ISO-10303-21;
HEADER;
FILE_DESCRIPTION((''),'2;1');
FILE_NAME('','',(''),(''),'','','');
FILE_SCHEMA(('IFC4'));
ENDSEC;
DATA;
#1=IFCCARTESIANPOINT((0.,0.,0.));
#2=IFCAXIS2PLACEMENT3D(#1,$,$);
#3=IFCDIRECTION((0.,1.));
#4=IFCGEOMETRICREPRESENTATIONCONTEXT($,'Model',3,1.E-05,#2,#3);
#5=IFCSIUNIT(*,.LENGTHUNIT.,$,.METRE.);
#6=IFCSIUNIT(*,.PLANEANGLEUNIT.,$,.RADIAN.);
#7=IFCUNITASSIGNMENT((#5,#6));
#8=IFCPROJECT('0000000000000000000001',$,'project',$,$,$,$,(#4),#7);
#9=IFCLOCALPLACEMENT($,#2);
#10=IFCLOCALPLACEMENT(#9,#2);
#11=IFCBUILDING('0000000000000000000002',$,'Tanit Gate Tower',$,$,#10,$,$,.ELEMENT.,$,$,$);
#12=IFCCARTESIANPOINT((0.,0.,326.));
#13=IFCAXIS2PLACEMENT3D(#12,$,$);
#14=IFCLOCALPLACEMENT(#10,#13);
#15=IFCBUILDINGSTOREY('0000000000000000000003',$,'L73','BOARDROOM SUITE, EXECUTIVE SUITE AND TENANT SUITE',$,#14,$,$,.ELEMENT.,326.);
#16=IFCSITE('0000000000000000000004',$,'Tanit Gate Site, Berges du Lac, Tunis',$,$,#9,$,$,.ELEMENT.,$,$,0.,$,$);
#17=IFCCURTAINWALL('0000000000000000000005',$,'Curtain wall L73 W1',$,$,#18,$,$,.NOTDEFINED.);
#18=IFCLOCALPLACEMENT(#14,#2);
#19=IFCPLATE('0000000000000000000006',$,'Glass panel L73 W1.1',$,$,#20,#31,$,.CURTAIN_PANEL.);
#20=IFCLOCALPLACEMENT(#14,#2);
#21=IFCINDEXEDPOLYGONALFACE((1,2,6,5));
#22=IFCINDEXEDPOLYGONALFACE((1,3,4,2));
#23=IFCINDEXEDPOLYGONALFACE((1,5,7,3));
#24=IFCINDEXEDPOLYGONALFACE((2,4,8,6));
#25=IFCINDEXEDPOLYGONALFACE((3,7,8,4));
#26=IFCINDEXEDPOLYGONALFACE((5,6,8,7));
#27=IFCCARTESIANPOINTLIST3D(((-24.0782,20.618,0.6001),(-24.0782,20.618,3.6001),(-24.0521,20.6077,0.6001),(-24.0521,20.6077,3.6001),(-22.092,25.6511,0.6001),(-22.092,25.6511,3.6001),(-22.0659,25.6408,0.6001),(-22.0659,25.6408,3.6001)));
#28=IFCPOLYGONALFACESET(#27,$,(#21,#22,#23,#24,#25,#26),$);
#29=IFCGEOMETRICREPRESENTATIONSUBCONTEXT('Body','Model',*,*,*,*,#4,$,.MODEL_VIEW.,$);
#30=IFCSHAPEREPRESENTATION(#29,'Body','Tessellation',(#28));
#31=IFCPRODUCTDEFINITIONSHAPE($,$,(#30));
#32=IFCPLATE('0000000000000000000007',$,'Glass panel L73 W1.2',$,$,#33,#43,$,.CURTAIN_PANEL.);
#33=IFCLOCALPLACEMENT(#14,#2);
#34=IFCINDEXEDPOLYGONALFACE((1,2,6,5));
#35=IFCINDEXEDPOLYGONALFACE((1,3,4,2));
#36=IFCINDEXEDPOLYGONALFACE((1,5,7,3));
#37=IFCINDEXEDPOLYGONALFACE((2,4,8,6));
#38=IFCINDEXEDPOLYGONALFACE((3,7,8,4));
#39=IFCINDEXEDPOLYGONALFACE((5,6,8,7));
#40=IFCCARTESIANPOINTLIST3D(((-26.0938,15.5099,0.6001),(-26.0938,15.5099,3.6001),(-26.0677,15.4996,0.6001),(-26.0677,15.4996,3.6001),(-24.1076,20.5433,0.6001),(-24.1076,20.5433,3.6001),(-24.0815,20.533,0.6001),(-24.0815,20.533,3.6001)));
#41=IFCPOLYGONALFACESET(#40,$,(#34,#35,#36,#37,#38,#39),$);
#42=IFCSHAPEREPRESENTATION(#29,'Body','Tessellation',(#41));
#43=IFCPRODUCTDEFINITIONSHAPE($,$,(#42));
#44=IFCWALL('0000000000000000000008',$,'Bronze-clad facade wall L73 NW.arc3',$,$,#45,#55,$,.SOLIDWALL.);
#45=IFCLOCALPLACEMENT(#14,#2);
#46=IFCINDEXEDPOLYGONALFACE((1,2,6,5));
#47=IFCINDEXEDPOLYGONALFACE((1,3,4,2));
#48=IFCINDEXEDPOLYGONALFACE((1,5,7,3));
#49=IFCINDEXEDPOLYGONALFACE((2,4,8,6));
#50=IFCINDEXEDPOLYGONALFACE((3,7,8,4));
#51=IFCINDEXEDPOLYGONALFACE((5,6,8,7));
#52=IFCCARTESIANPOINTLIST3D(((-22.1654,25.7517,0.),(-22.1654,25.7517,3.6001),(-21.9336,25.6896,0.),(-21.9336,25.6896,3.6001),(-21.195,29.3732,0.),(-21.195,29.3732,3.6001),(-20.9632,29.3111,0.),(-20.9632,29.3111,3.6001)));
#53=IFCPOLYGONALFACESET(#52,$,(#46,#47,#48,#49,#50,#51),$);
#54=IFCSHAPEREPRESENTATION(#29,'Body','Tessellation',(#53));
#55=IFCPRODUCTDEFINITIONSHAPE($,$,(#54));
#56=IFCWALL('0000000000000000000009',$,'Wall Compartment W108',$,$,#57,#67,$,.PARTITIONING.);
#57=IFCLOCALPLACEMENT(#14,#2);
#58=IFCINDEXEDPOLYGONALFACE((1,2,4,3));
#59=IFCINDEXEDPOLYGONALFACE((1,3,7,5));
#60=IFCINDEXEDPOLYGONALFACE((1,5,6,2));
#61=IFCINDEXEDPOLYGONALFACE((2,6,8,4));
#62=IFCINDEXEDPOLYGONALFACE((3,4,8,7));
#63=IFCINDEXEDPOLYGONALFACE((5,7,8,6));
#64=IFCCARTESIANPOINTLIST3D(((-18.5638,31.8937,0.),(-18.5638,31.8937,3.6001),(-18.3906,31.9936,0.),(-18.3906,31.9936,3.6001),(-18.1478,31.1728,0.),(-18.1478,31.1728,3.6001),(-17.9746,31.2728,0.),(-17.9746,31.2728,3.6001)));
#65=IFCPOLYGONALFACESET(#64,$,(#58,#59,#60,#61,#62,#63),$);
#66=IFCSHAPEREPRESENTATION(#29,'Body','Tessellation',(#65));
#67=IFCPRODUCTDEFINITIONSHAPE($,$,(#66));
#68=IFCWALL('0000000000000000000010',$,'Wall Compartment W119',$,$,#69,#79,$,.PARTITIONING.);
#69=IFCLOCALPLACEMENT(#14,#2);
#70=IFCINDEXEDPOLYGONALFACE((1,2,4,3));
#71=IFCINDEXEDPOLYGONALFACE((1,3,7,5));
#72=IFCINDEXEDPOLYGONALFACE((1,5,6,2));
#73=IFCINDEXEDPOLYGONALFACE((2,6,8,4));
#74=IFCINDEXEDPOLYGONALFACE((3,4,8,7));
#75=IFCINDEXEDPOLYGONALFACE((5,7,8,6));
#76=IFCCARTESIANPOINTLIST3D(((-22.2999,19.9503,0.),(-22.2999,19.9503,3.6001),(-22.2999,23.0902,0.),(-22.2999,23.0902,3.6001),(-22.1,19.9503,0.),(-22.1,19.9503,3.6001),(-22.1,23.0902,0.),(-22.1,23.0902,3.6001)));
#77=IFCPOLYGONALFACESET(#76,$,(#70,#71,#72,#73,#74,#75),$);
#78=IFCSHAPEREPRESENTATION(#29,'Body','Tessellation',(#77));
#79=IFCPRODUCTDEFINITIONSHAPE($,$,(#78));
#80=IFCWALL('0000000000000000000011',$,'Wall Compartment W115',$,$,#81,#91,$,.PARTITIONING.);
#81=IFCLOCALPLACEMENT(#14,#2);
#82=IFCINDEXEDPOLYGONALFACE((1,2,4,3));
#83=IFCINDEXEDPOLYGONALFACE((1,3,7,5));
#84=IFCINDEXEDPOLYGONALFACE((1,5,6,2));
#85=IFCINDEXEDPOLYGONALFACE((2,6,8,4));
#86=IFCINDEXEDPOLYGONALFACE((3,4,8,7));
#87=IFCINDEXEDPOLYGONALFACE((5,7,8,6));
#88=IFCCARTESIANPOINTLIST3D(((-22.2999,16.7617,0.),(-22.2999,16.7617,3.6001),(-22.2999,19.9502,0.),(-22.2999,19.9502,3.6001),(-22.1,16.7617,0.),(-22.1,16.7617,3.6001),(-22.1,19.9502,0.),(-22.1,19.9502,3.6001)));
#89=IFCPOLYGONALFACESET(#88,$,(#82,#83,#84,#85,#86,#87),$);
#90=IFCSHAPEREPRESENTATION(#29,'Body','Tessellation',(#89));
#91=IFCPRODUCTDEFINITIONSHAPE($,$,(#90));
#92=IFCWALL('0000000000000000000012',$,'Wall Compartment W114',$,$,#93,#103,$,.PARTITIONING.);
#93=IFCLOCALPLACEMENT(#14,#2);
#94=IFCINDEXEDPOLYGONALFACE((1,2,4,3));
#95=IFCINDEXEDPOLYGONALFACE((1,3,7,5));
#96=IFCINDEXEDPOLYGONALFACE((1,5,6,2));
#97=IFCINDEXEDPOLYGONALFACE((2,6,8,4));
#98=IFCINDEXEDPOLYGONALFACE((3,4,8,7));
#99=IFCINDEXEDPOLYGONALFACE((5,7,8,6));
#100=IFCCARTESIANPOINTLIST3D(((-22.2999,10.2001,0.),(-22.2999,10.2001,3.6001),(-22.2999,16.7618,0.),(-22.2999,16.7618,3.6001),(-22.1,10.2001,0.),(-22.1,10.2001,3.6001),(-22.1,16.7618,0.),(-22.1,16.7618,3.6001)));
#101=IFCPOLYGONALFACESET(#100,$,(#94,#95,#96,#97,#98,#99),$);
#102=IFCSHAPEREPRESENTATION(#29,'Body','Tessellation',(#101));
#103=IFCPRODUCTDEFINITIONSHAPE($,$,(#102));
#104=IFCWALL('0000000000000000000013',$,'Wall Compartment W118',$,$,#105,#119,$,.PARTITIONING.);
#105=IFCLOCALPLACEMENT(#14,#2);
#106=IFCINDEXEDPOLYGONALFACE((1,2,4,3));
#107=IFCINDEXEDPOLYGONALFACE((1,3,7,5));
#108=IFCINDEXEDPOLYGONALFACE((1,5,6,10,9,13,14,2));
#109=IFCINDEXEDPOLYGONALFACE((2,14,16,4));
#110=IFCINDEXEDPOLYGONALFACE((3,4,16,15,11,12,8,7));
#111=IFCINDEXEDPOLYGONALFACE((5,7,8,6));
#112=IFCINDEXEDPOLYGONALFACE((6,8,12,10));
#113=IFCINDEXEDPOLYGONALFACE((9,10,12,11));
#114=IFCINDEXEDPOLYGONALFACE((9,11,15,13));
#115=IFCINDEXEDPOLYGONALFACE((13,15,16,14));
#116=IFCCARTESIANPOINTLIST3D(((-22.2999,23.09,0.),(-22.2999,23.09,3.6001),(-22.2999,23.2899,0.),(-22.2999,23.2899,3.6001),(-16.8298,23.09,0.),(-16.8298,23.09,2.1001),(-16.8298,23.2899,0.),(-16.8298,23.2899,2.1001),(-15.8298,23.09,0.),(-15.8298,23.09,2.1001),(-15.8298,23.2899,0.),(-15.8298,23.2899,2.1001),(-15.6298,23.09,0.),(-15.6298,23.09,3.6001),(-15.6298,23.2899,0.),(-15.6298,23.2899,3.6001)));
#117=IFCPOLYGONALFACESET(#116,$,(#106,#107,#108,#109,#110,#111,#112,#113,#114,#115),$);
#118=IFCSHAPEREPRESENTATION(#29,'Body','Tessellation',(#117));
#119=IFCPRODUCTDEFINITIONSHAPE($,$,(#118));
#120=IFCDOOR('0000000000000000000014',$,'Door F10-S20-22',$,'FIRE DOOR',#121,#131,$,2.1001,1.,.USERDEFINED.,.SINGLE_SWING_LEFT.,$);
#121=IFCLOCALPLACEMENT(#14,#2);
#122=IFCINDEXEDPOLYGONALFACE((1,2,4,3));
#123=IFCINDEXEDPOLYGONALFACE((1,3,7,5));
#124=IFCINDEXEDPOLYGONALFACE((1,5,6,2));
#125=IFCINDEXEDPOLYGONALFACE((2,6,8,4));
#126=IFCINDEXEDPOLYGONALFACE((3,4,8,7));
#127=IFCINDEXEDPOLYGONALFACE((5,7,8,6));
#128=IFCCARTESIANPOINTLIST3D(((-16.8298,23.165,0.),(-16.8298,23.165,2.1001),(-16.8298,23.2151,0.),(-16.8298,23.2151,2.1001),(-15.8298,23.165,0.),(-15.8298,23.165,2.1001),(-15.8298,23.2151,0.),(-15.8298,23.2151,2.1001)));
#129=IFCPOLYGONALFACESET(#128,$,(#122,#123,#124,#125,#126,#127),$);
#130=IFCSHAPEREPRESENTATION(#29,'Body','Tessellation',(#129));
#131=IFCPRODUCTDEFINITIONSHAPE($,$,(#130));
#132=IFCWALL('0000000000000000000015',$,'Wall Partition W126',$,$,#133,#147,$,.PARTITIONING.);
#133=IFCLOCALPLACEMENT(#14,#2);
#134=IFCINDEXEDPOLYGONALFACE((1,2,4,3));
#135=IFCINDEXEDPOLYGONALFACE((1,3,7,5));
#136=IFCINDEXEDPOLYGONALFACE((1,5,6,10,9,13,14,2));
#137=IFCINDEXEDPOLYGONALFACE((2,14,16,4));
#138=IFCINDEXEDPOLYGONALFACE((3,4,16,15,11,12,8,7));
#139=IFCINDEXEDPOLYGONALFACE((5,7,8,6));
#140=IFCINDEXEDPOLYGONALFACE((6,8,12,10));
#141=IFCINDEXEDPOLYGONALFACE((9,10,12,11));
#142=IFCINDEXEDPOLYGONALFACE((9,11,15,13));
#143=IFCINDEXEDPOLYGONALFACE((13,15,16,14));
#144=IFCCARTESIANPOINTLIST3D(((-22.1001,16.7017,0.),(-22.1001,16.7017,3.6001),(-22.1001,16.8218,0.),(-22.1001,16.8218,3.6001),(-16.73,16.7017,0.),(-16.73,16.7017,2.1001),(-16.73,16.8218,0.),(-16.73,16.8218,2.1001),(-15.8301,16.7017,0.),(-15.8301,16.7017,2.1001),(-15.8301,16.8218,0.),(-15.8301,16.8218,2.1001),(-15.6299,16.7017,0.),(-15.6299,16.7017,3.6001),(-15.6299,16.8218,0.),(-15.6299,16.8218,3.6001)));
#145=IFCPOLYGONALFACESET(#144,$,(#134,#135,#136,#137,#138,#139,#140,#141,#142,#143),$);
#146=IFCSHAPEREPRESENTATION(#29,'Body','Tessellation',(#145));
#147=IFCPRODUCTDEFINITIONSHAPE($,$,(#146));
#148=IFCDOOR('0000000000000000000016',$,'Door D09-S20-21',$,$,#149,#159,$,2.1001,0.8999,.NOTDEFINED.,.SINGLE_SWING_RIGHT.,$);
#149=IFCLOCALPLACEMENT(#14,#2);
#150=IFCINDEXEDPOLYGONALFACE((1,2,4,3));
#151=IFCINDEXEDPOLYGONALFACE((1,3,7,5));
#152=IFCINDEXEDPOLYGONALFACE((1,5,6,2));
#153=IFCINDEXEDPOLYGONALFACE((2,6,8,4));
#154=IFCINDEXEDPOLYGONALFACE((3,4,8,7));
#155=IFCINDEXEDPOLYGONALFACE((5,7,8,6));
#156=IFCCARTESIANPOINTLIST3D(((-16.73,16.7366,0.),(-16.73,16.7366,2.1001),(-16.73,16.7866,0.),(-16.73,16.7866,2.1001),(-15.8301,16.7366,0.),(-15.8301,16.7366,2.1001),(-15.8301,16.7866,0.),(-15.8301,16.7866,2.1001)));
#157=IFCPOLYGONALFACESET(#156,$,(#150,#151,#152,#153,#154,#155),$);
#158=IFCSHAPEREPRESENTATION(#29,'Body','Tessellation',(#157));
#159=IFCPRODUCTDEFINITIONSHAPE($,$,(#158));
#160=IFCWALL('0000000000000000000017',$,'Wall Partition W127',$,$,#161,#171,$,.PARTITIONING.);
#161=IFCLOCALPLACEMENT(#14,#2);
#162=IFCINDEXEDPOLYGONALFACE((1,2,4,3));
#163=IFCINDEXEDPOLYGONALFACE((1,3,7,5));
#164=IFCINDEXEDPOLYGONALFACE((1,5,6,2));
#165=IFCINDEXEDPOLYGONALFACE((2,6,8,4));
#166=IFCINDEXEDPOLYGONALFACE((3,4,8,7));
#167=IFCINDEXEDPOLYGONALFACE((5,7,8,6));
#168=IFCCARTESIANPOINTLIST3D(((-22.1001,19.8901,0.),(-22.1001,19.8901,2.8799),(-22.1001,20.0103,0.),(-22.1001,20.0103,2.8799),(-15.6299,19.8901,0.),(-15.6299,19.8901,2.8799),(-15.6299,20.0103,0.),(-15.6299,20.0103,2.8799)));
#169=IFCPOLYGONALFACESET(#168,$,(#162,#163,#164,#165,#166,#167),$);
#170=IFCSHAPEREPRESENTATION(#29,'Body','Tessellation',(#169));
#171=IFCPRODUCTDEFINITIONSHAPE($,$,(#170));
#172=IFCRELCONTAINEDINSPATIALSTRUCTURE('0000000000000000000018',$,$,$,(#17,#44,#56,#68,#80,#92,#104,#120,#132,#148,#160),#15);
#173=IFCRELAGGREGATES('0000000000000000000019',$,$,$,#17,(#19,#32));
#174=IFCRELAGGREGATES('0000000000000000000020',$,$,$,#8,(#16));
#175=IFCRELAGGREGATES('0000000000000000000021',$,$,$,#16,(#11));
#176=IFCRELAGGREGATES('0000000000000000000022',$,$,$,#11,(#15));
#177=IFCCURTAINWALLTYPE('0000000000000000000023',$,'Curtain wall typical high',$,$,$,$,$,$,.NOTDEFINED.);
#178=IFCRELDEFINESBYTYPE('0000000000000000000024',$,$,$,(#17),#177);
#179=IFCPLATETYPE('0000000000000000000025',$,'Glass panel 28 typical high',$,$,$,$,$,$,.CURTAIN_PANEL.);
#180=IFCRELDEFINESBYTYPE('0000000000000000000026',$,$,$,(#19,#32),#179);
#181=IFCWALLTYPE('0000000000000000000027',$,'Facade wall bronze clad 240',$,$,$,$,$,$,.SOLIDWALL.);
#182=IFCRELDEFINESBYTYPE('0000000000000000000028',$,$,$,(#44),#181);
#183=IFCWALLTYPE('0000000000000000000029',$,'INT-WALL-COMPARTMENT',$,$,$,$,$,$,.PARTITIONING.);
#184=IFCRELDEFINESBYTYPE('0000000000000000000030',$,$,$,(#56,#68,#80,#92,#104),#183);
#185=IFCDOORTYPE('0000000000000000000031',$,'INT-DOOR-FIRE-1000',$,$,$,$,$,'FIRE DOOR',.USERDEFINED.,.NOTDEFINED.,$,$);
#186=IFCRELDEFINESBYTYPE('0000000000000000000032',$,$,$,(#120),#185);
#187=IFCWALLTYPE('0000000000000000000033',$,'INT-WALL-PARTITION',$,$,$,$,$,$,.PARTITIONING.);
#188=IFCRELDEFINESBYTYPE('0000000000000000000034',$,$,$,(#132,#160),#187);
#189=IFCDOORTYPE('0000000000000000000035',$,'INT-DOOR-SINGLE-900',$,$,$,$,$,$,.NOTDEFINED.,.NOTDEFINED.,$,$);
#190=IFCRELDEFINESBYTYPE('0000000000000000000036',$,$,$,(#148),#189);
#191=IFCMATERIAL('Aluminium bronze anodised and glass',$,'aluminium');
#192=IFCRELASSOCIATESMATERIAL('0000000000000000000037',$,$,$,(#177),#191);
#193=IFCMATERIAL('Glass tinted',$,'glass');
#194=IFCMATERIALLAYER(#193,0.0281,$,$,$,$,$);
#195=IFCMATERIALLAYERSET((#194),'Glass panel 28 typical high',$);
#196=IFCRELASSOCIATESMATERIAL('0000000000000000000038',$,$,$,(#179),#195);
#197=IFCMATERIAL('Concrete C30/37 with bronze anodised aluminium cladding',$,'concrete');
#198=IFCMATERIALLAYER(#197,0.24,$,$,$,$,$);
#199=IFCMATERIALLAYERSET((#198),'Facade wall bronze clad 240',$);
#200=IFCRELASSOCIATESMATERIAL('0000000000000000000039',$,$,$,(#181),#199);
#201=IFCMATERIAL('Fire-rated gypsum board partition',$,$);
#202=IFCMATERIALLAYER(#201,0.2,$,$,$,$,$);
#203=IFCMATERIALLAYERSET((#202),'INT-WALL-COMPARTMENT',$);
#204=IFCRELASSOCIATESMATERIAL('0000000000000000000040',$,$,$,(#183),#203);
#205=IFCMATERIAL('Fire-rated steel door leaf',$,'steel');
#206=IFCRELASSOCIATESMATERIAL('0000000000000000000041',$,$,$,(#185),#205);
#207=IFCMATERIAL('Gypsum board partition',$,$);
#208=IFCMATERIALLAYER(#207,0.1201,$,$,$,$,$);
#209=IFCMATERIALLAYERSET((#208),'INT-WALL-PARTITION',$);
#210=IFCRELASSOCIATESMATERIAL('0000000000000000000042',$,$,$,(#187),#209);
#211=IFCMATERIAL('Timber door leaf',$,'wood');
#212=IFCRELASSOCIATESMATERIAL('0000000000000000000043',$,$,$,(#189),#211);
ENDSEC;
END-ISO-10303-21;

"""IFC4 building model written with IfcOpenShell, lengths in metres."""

from ifc_helpers import new_model, si_unit, direction, frame, frame_2d, origin, origin_2d, place, context, subcontext, project, spatial, rectangle, extrude, material, layer, layer_set, type_object, element, fill, aggregate, save


model = new_model("IFC4")

# Units and contexts
model_context = context("Model", 3, precision=1e-05, world=origin(), true_north=direction((0.0, 1.0)))
body_context = subcontext(model_context, "Body", "Model", "MODEL_VIEW")
ifc_project = project(units=[si_unit("LENGTHUNIT", "METRE"), si_unit("PLANEANGLEUNIT", "RADIAN")], contexts=[model_context])

# Site, building, storey
site_placement = place(None, origin())
site = spatial("IfcSite", under=ifc_project, at=site_placement, Name="Tanit Gate Site, Berges du Lac, Tunis", CompositionType="ELEMENT", RefElevation=0.0)
building_placement = place(site_placement, origin())
building = spatial("IfcBuilding", under=site, at=building_placement, Name="Tanit Gate Tower", CompositionType="ELEMENT")
storey_placement = place(building_placement, frame((0.0, 0.0, 326.0)))
storey = spatial("IfcBuildingStorey", under=building, at=storey_placement, Name="L73", Description="BOARDROOM SUITE, EXECUTIVE SUITE AND TENANT SUITE", CompositionType="ELEMENT", Elevation=326.0)

# Curtain wall
ifc_material_1 = material(Name="Aluminium bronze anodised and glass", Category="aluminium")
curtain_wall_type = type_object("IfcCurtainWallType", Name="Curtain wall typical high", PredefinedType="NOTDEFINED", material=ifc_material_1)
curtain_wall_placement = place(storey_placement, origin())
curtain_wall = element("IfcCurtainWall", 1, at=curtain_wall_placement, inside=storey, type_object=curtain_wall_type, Name="Curtain wall L73 W1", PredefinedType="NOTDEFINED")

# Plates
ifc_material_2 = material(Name="Glass tinted", Category="glass")
ifc_layer_1 = layer(ifc_material_2, 0.0281)
ifc_layer_set_1 = layer_set([ifc_layer_1], Name="Glass panel 28 typical high")
plate_type = type_object("IfcPlateType", Name="Glass panel 28 typical high", PredefinedType="CURTAIN_PANEL", material=ifc_layer_set_1)
plate_1_placement = place(storey_placement, frame((-23.072, 23.1294, 0.6001), z_axis=(0.0, 0.0, 1.0), x_axis=(-0.36707, -0.930193, 0.0)))
plate_1 = element("IfcPlate", 2, at=plate_1_placement, type_object=plate_type, Name="Glass panel L73 W1.1", PredefinedType="CURTAIN_PANEL", context=body_context, shape_type="SweptSolid", body=[
    extrude(rectangle(XDim=5.4109, YDim=0.0281, at=origin_2d()), origin(), (0.0, 0.0, 1.0), 3.0),
])
plate_2_placement = place(storey_placement, frame((-25.0876, 18.0215, 0.6001), z_axis=(0.0, 0.0, 1.0), x_axis=(-0.36707, -0.930193, 0.0)))
plate_2 = element("IfcPlate", 3, at=plate_2_placement, type_object=plate_type, Name="Glass panel L73 W1.2", PredefinedType="CURTAIN_PANEL", context=body_context, shape_type="SweptSolid", body=[
    extrude(rectangle(XDim=5.4111, YDim=0.0281, at=origin_2d()), origin(), (0.0, 0.0, 1.0), 3.0),
])
aggregate(curtain_wall, [plate_1, plate_2])

# Walls
ifc_material_3 = material(Name="Concrete C30/37 with bronze anodised aluminium cladding", Category="concrete")
ifc_layer_2 = layer(ifc_material_3, 0.24)
ifc_layer_set_2 = layer_set([ifc_layer_2], Name="Facade wall bronze clad 240")
wall_type_1 = type_object("IfcWallType", Name="Facade wall bronze clad 240", PredefinedType="SOLIDWALL", material=ifc_layer_set_2)
wall_1_placement = place(storey_placement, frame((-21.0791, 29.342, 0.0), z_axis=(0.0, 0.0, 1.0), x_axis=(-0.258834, -0.965922, 0.0)))
element("IfcWall", 4, at=wall_1_placement, inside=storey, type_object=wall_type_1, Name="Bronze-clad facade wall L73 NW.arc3", PredefinedType="SOLIDWALL", context=body_context, shape_type="SweptSolid", body=[
    extrude(rectangle(XDim=3.7493, YDim=0.24, at=frame_2d((1.8745, 0.0))), origin(), (0.0, 0.0, 1.0), 3.6001),
])
ifc_material_4 = material(Name="Fire-rated gypsum board partition")
ifc_layer_3 = layer(ifc_material_4, 0.2)
ifc_layer_set_3 = layer_set([ifc_layer_3], Name="INT-WALL-COMPARTMENT")
wall_type_2 = type_object("IfcWallType", Name="INT-WALL-COMPARTMENT", PredefinedType="PARTITIONING", material=ifc_layer_set_3)
wall_2_placement = place(storey_placement, frame((-18.0613, 31.2229, 0.0), z_axis=(0.0, 0.0, 1.0), x_axis=(-0.499799, 0.866142, 0.0)))
element("IfcWall", 5, at=wall_2_placement, inside=storey, type_object=wall_type_2, Name="Wall Compartment W108", PredefinedType="PARTITIONING", context=body_context, shape_type="SweptSolid", body=[
    extrude(rectangle(XDim=0.8323, YDim=0.2, at=frame_2d((0.416, 0.0))), origin(), (0.0, 0.0, 1.0), 3.6001),
])
wall_3_placement = place(storey_placement, frame((-22.2, 23.0901, 0.0), z_axis=(0.0, 0.0, 1.0), x_axis=(0.0, -1.0, 0.0)))
element("IfcWall", 6, at=wall_3_placement, inside=storey, type_object=wall_type_2, Name="Wall Compartment W119", PredefinedType="PARTITIONING", context=body_context, shape_type="SweptSolid", body=[
    extrude(rectangle(XDim=3.1399, YDim=0.2, at=frame_2d((1.5698, 0.0))), origin(), (0.0, 0.0, 1.0), 3.6001),
])
wall_4_placement = place(storey_placement, frame((-22.2, 19.9502, 0.0), z_axis=(0.0, 0.0, 1.0), x_axis=(0.0, -1.0, 0.0)))
element("IfcWall", 7, at=wall_4_placement, inside=storey, type_object=wall_type_2, Name="Wall Compartment W115", PredefinedType="PARTITIONING", context=body_context, shape_type="SweptSolid", body=[
    extrude(rectangle(XDim=3.1885, YDim=0.2, at=frame_2d((1.5942, 0.0))), origin(), (0.0, 0.0, 1.0), 3.6001),
])
wall_5_placement = place(storey_placement, frame((-22.2, 16.7617, 0.0), z_axis=(0.0, 0.0, 1.0), x_axis=(0.0, -1.0, 0.0)))
element("IfcWall", 8, at=wall_5_placement, inside=storey, type_object=wall_type_2, Name="Wall Compartment W114", PredefinedType="PARTITIONING", context=body_context, shape_type="SweptSolid", body=[
    extrude(rectangle(XDim=6.5618, YDim=0.2, at=frame_2d((3.2808, 0.0))), origin(), (0.0, 0.0, 1.0), 3.6001),
])

# Walls, openings, doors
wall_6_placement = place(storey_placement, frame((-15.6299, 23.1899, 0.0), z_axis=(0.0, 0.0, 1.0), x_axis=(-1.0, 0.0, 0.0)))
wall_6 = element("IfcWall", 9, at=wall_6_placement, inside=storey, type_object=wall_type_2, Name="Wall Compartment W118", PredefinedType="PARTITIONING", context=body_context, shape_type="SweptSolid", body=[
    extrude(rectangle(XDim=6.6702, YDim=0.2, at=frame_2d((3.335, 0.0))), origin(), (0.0, 0.0, 1.0), 3.6001),
])
opening_1_placement = place(wall_6_placement, frame((0.2, 0.0, 0.0)))
opening_1 = element("IfcOpeningElement", 10, at=opening_1_placement, cuts=wall_6, PredefinedType="OPENING", context=body_context, shape_type="SweptSolid", body=[
    extrude(rectangle(XDim=1.0, YDim=2.1001, at=frame_2d((0.5, 1.05))), frame((0.0, 0.1099, 0.0), z_axis=(0.0, -1.0, 0.0), x_axis=(1.0, 0.0, 0.0)), (0.0, 0.0, 1.0), 0.22),
])
ifc_material_5 = material(Name="Fire-rated steel door leaf", Category="steel")
door_type_1 = type_object("IfcDoorType", Name="INT-DOOR-FIRE-1000", ElementType="FIRE DOOR", OperationType="NOTDEFINED", PredefinedType="USERDEFINED", material=ifc_material_5)
door_1_placement = place(opening_1_placement, origin())
door_1 = element("IfcDoor", 11, at=door_1_placement, inside=storey, type_object=door_type_1, Name="Door F10-S20-22", ObjectType="FIRE DOOR", OperationType="SINGLE_SWING_LEFT", OverallHeight=2.1001, OverallWidth=1.0, PredefinedType="USERDEFINED", context=body_context, shape_type="SweptSolid", body=[
    extrude(rectangle(XDim=1.0, YDim=2.1001, at=frame_2d((0.5, 1.05))), frame((0.0, 0.0249, 0.0), z_axis=(0.0, -1.0, 0.0), x_axis=(1.0, 0.0, 0.0)), (0.0, 0.0, 1.0), 0.05),
])
fill(opening_1, door_1)
ifc_material_6 = material(Name="Gypsum board partition")
ifc_layer_4 = layer(ifc_material_6, 0.1201)
ifc_layer_set_4 = layer_set([ifc_layer_4], Name="INT-WALL-PARTITION")
wall_type_3 = type_object("IfcWallType", Name="INT-WALL-PARTITION", PredefinedType="PARTITIONING", material=ifc_layer_set_4)
wall_7_placement = place(storey_placement, frame((-22.1001, 16.7617, 0.0), z_axis=(0.0, 0.0, 1.0), x_axis=(1.0, 0.0, 0.0)))
wall_7 = element("IfcWall", 12, at=wall_7_placement, inside=storey, type_object=wall_type_3, Name="Wall Partition W126", PredefinedType="PARTITIONING", context=body_context, shape_type="SweptSolid", body=[
    extrude(rectangle(XDim=6.4702, YDim=0.1201, at=frame_2d((3.2351, 0.0))), origin(), (0.0, 0.0, 1.0), 3.6001),
])
opening_2_placement = place(wall_7_placement, frame((5.3701, 0.0, 0.0)))
opening_2 = element("IfcOpeningElement", 13, at=opening_2_placement, cuts=wall_7, PredefinedType="OPENING", context=body_context, shape_type="SweptSolid", body=[
    extrude(rectangle(XDim=0.8999, YDim=2.1001, at=frame_2d((0.45, 1.05))), frame((0.0, 0.0701, 0.0), z_axis=(0.0, -1.0, 0.0), x_axis=(1.0, 0.0, 0.0)), (0.0, 0.0, 1.0), 0.1401),
])
ifc_material_7 = material(Name="Timber door leaf", Category="wood")
door_type_2 = type_object("IfcDoorType", Name="INT-DOOR-SINGLE-900", OperationType="NOTDEFINED", PredefinedType="NOTDEFINED", material=ifc_material_7)
door_2_placement = place(opening_2_placement, origin())
door_2 = element("IfcDoor", 14, at=door_2_placement, inside=storey, type_object=door_type_2, Name="Door D09-S20-21", OperationType="SINGLE_SWING_RIGHT", OverallHeight=2.1001, OverallWidth=0.8999, PredefinedType="NOTDEFINED", context=body_context, shape_type="SweptSolid", body=[
    extrude(rectangle(XDim=0.8999, YDim=2.1001, at=frame_2d((0.45, 1.05))), frame((0.0, 0.0249, 0.0), z_axis=(0.0, -1.0, 0.0), x_axis=(1.0, 0.0, 0.0)), (0.0, 0.0, 1.0), 0.05),
])
fill(opening_2, door_2)

# Wall
wall_8_placement = place(storey_placement, frame((-22.1001, 19.9502, 0.0), z_axis=(0.0, 0.0, 1.0), x_axis=(1.0, 0.0, 0.0)))
element("IfcWall", 15, at=wall_8_placement, inside=storey, type_object=wall_type_3, Name="Wall Partition W127", PredefinedType="PARTITIONING", context=body_context, shape_type="SweptSolid", body=[
    extrude(rectangle(XDim=6.4702, YDim=0.1201, at=frame_2d((3.2351, 0.0))), origin(), (0.0, 0.0, 1.0), 2.8799),
])

save(model, "model.ifc")
